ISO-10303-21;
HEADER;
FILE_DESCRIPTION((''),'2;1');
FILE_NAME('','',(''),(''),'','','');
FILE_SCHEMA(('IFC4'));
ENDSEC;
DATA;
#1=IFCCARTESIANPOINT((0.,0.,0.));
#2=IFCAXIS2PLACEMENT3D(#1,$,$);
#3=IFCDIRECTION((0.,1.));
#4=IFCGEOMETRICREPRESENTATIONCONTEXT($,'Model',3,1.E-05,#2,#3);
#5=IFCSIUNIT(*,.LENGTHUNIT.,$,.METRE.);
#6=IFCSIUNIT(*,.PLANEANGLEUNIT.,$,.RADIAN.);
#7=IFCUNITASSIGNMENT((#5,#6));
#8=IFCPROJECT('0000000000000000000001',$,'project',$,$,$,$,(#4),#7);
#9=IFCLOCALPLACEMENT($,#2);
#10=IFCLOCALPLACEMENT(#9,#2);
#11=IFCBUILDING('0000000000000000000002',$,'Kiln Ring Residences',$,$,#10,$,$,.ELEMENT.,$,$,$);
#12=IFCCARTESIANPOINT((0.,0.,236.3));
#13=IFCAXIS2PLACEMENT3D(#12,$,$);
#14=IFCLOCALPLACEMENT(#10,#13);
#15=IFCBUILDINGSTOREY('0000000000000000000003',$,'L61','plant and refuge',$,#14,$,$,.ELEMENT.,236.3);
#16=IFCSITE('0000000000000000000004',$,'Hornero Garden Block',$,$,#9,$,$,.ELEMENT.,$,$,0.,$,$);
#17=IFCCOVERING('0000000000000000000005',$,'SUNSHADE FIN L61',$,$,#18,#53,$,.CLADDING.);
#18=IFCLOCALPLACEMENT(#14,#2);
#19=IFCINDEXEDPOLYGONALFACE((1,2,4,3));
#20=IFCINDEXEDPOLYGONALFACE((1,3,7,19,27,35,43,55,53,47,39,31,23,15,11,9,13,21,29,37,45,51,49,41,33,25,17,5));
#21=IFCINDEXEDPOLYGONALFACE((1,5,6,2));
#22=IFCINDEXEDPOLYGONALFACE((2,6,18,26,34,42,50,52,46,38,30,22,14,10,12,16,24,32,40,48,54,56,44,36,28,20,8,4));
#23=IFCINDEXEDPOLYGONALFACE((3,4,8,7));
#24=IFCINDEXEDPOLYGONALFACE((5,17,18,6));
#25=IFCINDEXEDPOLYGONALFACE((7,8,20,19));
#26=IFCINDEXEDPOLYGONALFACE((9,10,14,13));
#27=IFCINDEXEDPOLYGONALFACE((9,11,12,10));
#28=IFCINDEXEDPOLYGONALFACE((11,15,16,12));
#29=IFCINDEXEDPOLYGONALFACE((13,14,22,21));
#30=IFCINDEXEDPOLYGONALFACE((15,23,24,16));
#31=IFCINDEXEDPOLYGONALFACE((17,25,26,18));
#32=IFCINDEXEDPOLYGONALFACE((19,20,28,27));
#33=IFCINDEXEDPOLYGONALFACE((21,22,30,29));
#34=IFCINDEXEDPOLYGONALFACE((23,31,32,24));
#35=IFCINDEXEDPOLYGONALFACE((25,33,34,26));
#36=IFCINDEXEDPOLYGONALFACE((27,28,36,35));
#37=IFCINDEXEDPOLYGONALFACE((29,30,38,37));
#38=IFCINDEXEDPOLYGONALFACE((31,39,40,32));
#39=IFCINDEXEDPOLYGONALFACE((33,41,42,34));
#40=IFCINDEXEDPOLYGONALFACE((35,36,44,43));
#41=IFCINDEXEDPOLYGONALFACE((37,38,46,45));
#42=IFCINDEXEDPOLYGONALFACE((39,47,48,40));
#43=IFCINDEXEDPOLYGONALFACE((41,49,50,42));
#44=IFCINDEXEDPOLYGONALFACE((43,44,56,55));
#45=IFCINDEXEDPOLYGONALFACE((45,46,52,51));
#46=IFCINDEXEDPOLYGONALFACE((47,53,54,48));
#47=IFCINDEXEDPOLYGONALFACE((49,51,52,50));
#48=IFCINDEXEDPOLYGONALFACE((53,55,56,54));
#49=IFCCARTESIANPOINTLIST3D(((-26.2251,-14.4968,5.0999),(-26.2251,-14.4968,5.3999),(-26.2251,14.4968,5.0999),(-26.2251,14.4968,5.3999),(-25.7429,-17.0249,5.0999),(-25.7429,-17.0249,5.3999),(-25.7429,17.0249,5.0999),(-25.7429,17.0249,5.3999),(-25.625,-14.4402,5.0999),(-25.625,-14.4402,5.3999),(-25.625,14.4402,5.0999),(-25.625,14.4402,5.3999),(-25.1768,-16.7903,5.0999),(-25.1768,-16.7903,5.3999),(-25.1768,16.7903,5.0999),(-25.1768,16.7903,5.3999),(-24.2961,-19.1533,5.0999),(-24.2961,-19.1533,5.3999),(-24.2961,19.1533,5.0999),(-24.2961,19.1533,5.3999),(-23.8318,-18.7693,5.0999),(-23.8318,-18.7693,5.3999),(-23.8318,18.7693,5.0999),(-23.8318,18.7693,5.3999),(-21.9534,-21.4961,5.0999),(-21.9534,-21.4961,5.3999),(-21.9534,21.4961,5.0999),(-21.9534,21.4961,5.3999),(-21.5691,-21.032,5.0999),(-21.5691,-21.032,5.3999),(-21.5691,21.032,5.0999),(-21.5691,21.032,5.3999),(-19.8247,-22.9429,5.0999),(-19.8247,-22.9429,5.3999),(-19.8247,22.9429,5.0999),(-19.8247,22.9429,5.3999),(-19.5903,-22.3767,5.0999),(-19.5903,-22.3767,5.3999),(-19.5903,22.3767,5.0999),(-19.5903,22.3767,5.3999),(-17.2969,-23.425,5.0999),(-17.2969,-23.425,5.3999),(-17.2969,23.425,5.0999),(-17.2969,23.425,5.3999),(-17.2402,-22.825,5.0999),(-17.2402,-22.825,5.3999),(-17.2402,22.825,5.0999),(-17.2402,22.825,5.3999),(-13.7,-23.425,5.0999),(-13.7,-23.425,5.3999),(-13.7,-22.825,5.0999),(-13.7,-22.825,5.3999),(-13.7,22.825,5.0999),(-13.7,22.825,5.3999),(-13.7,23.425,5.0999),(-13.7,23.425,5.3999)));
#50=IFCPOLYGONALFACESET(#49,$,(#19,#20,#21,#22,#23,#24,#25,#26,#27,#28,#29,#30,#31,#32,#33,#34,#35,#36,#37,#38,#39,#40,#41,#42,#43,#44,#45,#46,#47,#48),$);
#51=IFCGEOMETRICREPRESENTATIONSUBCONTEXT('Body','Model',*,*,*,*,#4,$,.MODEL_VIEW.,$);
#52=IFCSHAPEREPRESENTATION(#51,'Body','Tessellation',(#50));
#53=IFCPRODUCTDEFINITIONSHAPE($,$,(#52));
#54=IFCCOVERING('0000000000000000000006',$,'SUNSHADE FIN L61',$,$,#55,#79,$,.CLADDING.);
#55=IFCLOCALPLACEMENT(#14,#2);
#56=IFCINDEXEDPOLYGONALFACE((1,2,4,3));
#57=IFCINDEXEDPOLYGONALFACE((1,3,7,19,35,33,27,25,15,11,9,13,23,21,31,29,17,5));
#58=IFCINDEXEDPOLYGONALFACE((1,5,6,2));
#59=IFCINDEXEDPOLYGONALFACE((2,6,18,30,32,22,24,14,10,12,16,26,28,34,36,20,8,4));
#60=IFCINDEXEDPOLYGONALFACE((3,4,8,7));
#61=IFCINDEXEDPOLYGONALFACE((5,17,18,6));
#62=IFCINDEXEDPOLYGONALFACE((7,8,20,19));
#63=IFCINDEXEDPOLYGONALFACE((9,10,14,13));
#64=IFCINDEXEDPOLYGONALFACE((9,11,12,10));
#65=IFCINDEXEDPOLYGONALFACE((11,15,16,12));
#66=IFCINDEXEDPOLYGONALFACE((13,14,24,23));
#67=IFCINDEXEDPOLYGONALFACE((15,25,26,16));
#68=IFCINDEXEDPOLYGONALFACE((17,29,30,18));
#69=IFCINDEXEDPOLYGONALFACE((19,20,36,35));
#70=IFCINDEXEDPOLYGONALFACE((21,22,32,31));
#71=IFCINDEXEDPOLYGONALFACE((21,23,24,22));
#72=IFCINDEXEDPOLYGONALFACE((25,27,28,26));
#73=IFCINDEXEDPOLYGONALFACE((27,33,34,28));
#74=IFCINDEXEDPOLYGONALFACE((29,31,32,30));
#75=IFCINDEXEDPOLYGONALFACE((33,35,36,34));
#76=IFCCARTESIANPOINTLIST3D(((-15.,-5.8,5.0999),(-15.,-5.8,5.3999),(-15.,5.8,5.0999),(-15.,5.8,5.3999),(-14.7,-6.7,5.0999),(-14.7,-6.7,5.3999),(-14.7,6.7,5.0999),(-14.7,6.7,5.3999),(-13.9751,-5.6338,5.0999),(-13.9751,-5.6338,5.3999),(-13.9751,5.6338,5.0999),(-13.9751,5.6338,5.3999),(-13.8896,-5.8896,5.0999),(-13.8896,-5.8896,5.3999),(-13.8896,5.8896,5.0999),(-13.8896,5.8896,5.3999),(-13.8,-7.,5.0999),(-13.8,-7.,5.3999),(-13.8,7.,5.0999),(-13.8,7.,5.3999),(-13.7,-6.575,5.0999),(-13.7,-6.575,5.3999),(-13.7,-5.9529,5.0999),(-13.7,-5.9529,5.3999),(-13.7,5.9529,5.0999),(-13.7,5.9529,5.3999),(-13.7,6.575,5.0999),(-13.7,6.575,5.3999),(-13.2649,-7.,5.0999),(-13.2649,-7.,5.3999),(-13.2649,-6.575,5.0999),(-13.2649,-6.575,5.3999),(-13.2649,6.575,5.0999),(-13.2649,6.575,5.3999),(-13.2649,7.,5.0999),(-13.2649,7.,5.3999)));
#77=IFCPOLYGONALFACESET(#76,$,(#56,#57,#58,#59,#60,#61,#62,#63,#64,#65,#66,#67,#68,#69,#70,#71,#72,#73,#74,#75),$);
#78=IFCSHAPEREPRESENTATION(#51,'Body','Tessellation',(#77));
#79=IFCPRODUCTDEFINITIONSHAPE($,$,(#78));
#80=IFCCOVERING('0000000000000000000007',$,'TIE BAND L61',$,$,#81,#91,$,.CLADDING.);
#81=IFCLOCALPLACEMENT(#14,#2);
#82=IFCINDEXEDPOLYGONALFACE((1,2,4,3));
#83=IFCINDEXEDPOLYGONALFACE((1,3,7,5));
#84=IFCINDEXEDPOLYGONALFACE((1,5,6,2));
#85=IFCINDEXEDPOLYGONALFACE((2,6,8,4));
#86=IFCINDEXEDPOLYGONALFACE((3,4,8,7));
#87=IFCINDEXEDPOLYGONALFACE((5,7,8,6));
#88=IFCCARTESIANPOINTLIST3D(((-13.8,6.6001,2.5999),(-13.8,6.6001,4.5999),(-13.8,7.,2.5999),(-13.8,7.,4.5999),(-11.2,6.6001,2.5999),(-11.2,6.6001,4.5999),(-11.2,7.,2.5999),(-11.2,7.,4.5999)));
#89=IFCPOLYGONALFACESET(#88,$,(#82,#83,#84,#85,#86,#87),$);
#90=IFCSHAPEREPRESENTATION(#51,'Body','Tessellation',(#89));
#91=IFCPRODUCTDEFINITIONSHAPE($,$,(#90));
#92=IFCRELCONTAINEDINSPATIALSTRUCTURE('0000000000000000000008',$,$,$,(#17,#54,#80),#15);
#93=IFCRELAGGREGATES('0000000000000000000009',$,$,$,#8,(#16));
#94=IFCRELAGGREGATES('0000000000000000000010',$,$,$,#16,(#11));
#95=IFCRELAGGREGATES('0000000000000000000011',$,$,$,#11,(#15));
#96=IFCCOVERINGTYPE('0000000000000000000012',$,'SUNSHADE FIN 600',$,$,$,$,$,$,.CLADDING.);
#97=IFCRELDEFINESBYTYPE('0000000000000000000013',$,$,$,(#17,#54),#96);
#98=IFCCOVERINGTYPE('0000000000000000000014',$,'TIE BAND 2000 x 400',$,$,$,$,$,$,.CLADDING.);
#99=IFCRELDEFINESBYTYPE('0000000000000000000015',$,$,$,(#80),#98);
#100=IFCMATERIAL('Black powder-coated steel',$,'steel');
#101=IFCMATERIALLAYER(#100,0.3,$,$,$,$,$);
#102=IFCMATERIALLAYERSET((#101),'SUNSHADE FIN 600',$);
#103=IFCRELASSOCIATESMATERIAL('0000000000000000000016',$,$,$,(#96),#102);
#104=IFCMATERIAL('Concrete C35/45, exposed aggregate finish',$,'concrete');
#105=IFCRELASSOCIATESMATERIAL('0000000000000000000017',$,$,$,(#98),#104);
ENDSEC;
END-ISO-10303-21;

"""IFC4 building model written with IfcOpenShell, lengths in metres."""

from ifc_helpers import new_model, si_unit, direction, frame, origin, origin_2d, place, context, subcontext, project, spatial, polyline, rectangle, outline, extrude, material, layer, layer_set, type_object, element, save


model = new_model("IFC4")

# Units and contexts
model_context = context("Model", 3, precision=1e-05, world=origin(), true_north=direction((0.0, 1.0)))
body_context = subcontext(model_context, "Body", "Model", "MODEL_VIEW")
ifc_project = project(units=[si_unit("LENGTHUNIT", "METRE"), si_unit("PLANEANGLEUNIT", "RADIAN")], contexts=[model_context])

# Site, building, storey
site_placement = place(None, origin())
site = spatial("IfcSite", under=ifc_project, at=site_placement, Name="Hornero Garden Block", CompositionType="ELEMENT", RefElevation=0.0)
building_placement = place(site_placement, origin())
building = spatial("IfcBuilding", under=site, at=building_placement, Name="Kiln Ring Residences", CompositionType="ELEMENT")
storey_placement = place(building_placement, frame((0.0, 0.0, 236.3)))
storey = spatial("IfcBuildingStorey", under=building, at=storey_placement, Name="L61", Description="plant and refuge", CompositionType="ELEMENT", Elevation=236.3)

# Coverings
ifc_material_1 = material(Name="Black powder-coated steel", Category="steel")
ifc_layer_1 = layer(ifc_material_1, 0.3)
ifc_layer_set_1 = layer_set([ifc_layer_1], Name="SUNSHADE FIN 600")
covering_type_1 = type_object("IfcCoveringType", Name="SUNSHADE FIN 600", PredefinedType="CLADDING", material=ifc_layer_set_1)
placement_1 = place(storey_placement, frame((0.0, 0.0, 5.0999)))
element("IfcCovering", 1, at=placement_1, inside=storey, type_object=covering_type_1, Name="SUNSHADE FIN L61", PredefinedType="CLADDING", context=body_context, shape_type="SweptSolid", body=[
    extrude(outline(polyline([(-25.7429, 17.0249), (-26.2251, 14.4968), (-26.2251, -14.4968), (-25.7429, -17.0249), (-24.2961, -19.1533), (-21.9534, -21.4961), (-19.8247, -22.9429), (-17.2969, -23.425), (-13.7, -23.425), (-13.7, -22.825), (-17.2402, -22.825), (-19.5903, -22.3767), (-21.5691, -21.032), (-23.8318, -18.7693), (-25.1768, -16.7903), (-25.625, -14.4402), (-25.625, 14.4402), (-25.1768, 16.7903), (-23.8318, 18.7693), (-21.5691, 21.032), (-19.5903, 22.3767), (-17.2402, 22.825), (-13.7, 22.825), (-13.7, 23.425), (-17.2969, 23.425), (-19.8247, 22.9429), (-21.9534, 21.4961), (-24.2961, 19.1533), (-25.7429, 17.0249)])), origin(), (0.0, 0.0, 1.0), 0.3),
])
element("IfcCovering", 2, at=placement_1, inside=storey, type_object=covering_type_1, Name="SUNSHADE FIN L61", PredefinedType="CLADDING", context=body_context, shape_type="SweptSolid", body=[
    extrude(outline(polyline([(-13.7, 5.9529), (-13.7, 6.575), (-13.2649, 6.575), (-13.2649, 7.0), (-13.8, 7.0), (-14.7, 6.7), (-15.0, 5.8), (-15.0, -5.8), (-14.7, -6.7), (-13.8, -7.0), (-13.2649, -7.0), (-13.2649, -6.575), (-13.7, -6.575), (-13.7, -5.9529), (-13.8896, -5.8896), (-13.9751, -5.6338), (-13.9751, 5.6338), (-13.8896, 5.8896), (-13.7, 5.9529)])), origin(), (0.0, 0.0, 1.0), 0.3),
])
ifc_material_2 = material(Name="Concrete C35/45, exposed aggregate finish", Category="concrete")
covering_type_2 = type_object("IfcCoveringType", Name="TIE BAND 2000 x 400", PredefinedType="CLADDING", material=ifc_material_2)
covering_1_placement = place(storey_placement, frame((-12.5, 6.8, 2.5999), z_axis=(0.0, 0.0, 1.0), x_axis=(1.0, 0.0, 0.0)))
element("IfcCovering", 3, at=covering_1_placement, inside=storey, type_object=covering_type_2, Name="TIE BAND L61", PredefinedType="CLADDING", context=body_context, shape_type="SweptSolid", body=[
    extrude(rectangle(XDim=2.6001, YDim=0.3999, at=origin_2d()), origin(), (0.0, 0.0, 1.0), 2.0),
])

save(model, "model.ifc")
